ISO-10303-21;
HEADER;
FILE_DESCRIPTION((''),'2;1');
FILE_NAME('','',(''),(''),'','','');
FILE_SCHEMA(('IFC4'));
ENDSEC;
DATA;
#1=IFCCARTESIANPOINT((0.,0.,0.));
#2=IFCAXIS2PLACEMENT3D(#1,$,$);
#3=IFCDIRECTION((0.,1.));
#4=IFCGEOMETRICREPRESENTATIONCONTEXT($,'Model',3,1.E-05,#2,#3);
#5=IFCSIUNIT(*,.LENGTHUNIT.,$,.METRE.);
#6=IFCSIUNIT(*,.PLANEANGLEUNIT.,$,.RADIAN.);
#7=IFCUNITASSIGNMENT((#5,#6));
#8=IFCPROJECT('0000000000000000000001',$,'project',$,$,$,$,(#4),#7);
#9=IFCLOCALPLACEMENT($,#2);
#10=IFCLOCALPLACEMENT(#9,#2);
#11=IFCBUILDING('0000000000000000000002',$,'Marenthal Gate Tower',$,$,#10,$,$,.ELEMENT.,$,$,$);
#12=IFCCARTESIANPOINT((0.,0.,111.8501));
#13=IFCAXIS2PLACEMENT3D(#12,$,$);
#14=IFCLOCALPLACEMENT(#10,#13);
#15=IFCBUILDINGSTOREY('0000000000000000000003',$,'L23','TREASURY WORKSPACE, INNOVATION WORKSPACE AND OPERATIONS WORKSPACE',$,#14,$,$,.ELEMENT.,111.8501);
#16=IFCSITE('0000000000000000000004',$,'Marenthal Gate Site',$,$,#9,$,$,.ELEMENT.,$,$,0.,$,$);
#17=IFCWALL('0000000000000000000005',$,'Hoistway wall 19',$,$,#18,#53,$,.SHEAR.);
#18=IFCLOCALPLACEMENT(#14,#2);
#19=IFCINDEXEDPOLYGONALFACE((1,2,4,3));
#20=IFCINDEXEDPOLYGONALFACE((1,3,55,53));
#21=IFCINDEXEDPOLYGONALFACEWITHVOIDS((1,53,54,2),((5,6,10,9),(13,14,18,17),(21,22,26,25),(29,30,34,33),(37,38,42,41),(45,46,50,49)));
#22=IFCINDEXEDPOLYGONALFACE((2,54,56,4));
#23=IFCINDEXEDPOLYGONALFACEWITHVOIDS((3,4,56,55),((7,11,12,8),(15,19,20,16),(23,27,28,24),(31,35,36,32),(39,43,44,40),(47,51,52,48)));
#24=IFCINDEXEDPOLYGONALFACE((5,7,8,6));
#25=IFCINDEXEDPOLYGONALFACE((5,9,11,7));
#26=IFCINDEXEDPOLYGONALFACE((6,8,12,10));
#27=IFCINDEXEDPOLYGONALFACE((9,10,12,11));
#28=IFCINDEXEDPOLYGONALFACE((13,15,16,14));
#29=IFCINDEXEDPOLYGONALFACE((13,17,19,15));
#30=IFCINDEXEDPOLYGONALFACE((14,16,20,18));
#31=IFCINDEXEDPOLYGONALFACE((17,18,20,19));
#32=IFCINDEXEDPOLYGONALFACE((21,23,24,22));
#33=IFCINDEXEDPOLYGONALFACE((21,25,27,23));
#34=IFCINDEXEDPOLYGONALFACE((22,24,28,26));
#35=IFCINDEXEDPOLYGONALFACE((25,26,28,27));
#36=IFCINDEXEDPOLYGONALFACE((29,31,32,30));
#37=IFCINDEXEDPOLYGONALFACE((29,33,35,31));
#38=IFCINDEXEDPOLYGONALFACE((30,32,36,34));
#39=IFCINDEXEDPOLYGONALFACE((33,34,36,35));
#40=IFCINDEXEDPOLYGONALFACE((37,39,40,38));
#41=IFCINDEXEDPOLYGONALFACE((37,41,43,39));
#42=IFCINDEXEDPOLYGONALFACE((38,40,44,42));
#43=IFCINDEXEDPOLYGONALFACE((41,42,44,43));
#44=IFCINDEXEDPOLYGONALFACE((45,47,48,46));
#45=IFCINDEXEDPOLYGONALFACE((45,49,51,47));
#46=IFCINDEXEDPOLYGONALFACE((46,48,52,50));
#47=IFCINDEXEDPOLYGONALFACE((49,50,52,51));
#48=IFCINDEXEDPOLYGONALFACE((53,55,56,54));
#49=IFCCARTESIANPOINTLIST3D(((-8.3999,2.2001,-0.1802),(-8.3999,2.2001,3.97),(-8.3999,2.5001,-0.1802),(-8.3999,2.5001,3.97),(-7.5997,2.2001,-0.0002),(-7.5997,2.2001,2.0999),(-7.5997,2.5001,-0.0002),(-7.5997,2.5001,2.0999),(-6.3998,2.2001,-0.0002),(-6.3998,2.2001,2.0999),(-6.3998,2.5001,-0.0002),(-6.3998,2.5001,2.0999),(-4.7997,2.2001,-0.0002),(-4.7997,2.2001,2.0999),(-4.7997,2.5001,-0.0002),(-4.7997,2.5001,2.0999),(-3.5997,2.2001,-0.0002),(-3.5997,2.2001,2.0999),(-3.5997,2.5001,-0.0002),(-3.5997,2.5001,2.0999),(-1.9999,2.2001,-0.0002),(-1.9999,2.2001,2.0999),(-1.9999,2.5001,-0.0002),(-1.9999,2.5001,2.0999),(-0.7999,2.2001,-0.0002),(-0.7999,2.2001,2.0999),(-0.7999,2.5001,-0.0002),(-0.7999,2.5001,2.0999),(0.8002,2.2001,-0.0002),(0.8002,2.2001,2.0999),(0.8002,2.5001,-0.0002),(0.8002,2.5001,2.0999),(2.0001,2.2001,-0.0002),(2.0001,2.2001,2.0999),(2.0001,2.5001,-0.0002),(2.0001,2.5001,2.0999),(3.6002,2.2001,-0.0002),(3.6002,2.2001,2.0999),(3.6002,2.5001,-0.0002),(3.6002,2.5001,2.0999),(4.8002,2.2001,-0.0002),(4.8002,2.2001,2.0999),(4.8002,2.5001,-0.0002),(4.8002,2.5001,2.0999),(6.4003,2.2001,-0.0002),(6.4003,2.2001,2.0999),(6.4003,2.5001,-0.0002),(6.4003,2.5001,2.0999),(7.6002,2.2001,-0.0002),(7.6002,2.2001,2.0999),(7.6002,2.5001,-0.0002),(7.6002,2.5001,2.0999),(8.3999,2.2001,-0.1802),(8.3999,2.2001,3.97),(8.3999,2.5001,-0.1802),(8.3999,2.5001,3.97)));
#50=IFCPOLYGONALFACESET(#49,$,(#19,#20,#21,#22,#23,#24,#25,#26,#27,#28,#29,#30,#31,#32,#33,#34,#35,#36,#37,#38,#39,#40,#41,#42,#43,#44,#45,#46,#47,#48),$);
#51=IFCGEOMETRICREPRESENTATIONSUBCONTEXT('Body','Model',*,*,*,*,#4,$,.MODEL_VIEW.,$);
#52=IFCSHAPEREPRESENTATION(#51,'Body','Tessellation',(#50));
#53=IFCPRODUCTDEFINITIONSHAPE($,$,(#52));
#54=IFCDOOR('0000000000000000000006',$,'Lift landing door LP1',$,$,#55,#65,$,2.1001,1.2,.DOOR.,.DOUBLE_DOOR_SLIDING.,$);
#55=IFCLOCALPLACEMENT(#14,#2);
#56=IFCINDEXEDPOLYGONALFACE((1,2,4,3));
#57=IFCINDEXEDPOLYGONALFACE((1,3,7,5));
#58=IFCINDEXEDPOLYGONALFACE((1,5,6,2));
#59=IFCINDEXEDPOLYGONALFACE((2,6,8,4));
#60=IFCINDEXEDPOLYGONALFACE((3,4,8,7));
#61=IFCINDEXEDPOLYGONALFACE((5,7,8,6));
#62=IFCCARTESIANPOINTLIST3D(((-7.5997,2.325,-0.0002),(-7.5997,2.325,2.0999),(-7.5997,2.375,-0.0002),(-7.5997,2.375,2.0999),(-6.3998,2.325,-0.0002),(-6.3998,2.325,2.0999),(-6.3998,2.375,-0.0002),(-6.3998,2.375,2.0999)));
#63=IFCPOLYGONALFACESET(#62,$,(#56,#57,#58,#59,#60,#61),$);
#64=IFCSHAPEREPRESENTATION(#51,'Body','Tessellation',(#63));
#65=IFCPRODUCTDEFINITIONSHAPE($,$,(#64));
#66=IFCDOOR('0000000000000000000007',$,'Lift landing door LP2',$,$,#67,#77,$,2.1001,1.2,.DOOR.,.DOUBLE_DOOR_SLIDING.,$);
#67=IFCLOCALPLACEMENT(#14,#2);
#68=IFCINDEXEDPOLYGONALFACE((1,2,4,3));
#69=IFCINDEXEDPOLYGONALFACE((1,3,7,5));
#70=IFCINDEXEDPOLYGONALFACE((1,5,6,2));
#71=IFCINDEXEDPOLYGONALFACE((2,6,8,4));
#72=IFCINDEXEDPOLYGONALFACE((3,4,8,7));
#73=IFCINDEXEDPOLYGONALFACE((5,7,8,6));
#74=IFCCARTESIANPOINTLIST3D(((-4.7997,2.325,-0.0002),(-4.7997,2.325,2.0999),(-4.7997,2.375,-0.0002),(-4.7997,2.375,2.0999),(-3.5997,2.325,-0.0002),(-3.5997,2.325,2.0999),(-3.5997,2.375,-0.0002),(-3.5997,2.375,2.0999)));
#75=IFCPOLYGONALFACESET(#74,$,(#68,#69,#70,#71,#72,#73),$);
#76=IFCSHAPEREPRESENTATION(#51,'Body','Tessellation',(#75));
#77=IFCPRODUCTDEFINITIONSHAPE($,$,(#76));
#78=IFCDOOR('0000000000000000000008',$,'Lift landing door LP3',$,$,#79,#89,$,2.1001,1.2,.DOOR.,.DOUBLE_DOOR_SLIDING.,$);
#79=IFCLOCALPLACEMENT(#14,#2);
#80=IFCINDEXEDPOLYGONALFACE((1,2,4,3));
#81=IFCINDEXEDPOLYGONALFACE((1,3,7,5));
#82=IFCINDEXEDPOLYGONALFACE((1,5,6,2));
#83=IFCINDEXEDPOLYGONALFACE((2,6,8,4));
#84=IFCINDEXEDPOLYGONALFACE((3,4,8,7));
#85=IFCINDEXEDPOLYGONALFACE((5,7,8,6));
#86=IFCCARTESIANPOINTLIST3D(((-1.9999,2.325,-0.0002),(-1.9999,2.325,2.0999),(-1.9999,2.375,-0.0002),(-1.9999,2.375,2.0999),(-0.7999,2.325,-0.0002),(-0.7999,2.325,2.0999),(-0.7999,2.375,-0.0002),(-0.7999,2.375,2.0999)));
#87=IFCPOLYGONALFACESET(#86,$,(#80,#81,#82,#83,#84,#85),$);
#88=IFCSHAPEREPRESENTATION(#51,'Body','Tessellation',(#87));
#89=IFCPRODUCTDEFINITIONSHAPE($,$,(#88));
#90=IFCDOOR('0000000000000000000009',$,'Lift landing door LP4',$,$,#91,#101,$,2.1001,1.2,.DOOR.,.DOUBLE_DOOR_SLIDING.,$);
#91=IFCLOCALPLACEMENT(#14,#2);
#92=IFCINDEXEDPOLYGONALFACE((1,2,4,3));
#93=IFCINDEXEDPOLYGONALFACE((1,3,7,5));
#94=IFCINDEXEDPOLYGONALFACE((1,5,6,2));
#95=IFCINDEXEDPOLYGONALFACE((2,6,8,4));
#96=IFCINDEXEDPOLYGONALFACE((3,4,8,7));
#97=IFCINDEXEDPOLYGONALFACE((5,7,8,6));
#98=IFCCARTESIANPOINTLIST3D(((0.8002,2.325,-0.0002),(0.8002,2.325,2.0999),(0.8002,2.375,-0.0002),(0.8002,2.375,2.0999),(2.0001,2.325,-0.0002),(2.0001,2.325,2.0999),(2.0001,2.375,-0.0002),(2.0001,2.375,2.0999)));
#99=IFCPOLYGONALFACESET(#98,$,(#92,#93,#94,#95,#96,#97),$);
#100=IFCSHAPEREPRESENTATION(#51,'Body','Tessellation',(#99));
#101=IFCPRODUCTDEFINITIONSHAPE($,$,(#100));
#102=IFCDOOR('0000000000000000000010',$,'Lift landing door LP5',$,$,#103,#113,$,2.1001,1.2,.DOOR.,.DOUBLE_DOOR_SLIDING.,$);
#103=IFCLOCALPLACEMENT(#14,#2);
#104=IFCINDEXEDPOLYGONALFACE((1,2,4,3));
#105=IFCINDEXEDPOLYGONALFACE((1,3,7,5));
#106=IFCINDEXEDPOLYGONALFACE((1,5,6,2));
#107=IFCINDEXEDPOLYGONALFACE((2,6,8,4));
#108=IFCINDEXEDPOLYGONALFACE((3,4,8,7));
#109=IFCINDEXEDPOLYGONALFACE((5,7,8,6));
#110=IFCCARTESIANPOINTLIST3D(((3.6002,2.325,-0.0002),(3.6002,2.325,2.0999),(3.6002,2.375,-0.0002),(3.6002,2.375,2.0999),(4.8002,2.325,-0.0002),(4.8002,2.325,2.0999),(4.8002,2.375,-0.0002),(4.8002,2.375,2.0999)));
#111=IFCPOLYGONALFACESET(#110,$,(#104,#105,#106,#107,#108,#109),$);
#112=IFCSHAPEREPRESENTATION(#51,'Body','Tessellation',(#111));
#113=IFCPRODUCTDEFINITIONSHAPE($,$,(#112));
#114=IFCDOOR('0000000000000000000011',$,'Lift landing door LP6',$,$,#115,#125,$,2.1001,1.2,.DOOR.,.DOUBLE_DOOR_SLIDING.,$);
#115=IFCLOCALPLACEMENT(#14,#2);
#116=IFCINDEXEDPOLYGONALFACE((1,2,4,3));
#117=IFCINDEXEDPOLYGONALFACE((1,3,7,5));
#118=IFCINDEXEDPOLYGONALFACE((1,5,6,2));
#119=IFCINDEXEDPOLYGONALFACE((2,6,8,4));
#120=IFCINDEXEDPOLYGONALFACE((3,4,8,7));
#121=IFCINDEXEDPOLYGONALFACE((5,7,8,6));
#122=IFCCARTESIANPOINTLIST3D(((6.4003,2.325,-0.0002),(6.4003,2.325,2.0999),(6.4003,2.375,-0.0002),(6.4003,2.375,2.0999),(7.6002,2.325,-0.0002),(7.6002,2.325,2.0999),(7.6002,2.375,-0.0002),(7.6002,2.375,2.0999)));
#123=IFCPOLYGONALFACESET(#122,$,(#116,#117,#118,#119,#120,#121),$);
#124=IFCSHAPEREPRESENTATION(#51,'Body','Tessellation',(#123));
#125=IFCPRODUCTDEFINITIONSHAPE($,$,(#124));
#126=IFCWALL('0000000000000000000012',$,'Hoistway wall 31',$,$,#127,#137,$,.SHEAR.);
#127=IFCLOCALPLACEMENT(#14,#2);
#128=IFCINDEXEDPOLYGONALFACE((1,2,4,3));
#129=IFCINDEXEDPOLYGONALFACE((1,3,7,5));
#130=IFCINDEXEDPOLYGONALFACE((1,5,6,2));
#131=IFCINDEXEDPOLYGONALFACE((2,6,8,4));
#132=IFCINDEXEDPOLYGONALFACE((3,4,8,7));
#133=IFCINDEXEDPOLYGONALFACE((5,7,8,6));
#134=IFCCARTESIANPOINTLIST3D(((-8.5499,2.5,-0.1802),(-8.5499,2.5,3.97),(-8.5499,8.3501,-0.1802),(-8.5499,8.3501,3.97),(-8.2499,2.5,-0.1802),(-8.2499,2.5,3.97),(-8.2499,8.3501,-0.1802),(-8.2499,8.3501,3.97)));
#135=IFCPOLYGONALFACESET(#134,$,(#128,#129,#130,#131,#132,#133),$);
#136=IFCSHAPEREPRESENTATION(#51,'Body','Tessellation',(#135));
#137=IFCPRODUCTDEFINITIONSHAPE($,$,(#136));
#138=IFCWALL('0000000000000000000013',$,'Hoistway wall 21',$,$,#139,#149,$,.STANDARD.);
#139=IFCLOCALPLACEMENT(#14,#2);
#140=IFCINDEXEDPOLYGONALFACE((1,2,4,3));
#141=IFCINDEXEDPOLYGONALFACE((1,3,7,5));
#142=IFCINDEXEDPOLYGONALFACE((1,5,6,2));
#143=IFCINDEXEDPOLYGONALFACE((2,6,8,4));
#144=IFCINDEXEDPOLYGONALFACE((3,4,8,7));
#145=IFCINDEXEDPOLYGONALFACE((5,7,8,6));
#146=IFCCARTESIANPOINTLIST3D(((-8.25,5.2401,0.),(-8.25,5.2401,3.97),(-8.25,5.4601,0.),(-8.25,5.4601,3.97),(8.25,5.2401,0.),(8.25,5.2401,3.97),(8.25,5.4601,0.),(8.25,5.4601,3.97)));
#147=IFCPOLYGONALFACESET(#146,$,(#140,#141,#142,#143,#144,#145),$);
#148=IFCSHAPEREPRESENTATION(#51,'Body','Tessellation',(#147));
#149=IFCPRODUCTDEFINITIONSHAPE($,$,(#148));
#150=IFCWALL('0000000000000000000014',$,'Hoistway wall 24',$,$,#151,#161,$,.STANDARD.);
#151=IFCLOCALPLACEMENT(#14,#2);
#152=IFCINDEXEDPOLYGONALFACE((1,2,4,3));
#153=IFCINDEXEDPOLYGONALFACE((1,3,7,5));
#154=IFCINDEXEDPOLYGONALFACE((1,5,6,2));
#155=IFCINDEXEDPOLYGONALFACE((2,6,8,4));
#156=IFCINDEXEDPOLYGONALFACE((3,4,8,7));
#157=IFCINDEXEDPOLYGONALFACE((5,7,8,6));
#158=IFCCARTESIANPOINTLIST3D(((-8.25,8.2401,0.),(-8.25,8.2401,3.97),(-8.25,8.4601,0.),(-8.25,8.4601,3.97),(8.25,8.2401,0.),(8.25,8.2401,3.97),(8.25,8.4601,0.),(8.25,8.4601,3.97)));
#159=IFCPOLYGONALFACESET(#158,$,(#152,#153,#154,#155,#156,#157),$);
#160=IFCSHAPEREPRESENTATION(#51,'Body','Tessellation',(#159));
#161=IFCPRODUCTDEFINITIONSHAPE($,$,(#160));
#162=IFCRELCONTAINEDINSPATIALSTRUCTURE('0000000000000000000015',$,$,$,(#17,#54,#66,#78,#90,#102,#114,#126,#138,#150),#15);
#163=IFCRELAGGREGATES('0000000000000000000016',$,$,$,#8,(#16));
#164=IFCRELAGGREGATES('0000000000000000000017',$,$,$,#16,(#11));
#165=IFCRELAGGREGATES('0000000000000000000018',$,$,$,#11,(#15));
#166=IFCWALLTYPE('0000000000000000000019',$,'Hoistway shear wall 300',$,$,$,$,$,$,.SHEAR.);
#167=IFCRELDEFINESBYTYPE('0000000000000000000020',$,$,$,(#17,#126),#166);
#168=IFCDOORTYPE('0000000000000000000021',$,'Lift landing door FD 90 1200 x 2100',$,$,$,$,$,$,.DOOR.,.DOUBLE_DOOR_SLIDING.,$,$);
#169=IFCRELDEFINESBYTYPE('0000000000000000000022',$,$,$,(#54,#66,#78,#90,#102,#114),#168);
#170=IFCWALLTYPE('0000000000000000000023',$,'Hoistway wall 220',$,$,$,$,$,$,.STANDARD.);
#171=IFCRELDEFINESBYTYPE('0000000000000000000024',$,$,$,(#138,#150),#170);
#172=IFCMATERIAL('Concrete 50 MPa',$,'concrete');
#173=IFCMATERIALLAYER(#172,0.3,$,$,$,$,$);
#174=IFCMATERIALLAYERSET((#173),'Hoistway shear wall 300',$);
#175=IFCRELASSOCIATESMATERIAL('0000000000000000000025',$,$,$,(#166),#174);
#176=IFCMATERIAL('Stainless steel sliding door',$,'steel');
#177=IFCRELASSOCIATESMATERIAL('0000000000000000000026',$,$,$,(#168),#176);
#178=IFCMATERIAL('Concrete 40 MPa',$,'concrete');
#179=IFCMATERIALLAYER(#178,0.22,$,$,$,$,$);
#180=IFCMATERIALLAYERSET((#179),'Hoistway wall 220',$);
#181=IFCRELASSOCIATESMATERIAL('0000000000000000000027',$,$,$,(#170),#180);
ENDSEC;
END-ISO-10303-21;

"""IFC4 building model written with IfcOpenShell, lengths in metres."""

from ifc_helpers import new_model, si_unit, direction, frame, frame_2d, origin, place, context, subcontext, project, spatial, rectangle, extrude, material, layer, layer_set, type_object, element, fill, save


model = new_model("IFC4")

# Units and contexts
model_context = context("Model", 3, precision=1e-05, world=origin(), true_north=direction((0.0, 1.0)))
body_context = subcontext(model_context, "Body", "Model", "MODEL_VIEW")
ifc_project = project(units=[si_unit("LENGTHUNIT", "METRE"), si_unit("PLANEANGLEUNIT", "RADIAN")], contexts=[model_context])

# Site, building, storey
site_placement = place(None, origin())
site = spatial("IfcSite", under=ifc_project, at=site_placement, Name="Marenthal Gate Site", CompositionType="ELEMENT", RefElevation=0.0)
building_placement = place(site_placement, origin())
building = spatial("IfcBuilding", under=site, at=building_placement, Name="Marenthal Gate Tower", CompositionType="ELEMENT")
storey_placement = place(building_placement, frame((0.0, 0.0, 111.8501)))
storey = spatial("IfcBuildingStorey", under=building, at=storey_placement, Name="L23", Description="TREASURY WORKSPACE, INNOVATION WORKSPACE AND OPERATIONS WORKSPACE", CompositionType="ELEMENT", Elevation=111.8501)

# Wall, openings, doors
ifc_material_1 = material(Name="Concrete 50 MPa", Category="concrete")
ifc_layer_1 = layer(ifc_material_1, 0.3)
ifc_layer_set_1 = layer_set([ifc_layer_1], Name="Hoistway shear wall 300")
wall_type_1 = type_object("IfcWallType", Name="Hoistway shear wall 300", PredefinedType="SHEAR", material=ifc_layer_set_1)
wall_1_placement = place(storey_placement, frame((-8.3999, 2.3501, -0.1802), z_axis=(0.0, 0.0, 1.0), x_axis=(1.0, 0.0, 0.0)))
wall_1 = element("IfcWall", 1, at=wall_1_placement, inside=storey, type_object=wall_type_1, Name="Hoistway wall 19", PredefinedType="SHEAR", context=body_context, shape_type="SweptSolid", body=[
    extrude(rectangle(XDim=16.7998, YDim=0.3, at=frame_2d((8.3999, 0.0))), origin(), (0.0, 0.0, 1.0), 4.1501),
])
opening_1_placement = place(wall_1_placement, frame((0.8, 0.0, 0.1799)))
opening_1 = element("IfcOpeningElement", 2, at=opening_1_placement, cuts=wall_1, PredefinedType="OPENING", context=body_context, shape_type="SweptSolid", body=[
    extrude(rectangle(XDim=1.2, YDim=2.1001, at=frame_2d((0.6001, 1.05))), frame((0.0, 0.1602, 0.0), z_axis=(0.0, -1.0, 0.0), x_axis=(1.0, 0.0, 0.0)), (0.0, 0.0, 1.0), 0.3201),
])
opening_2_placement = place(wall_1_placement, frame((3.6001, 0.0, 0.1799)))
opening_2 = element("IfcOpeningElement", 3, at=opening_2_placement, cuts=wall_1, PredefinedType="OPENING", context=body_context, shape_type="SweptSolid", body=[
    extrude(rectangle(XDim=1.2, YDim=2.1001, at=frame_2d((0.6001, 1.05))), frame((0.0, 0.1602, 0.0), z_axis=(0.0, -1.0, 0.0), x_axis=(1.0, 0.0, 0.0)), (0.0, 0.0, 1.0), 0.3201),
])
opening_3_placement = place(wall_1_placement, frame((6.3999, 0.0, 0.1799)))
opening_3 = element("IfcOpeningElement", 4, at=opening_3_placement, cuts=wall_1, PredefinedType="OPENING", context=body_context, shape_type="SweptSolid", body=[
    extrude(rectangle(XDim=1.2, YDim=2.1001, at=frame_2d((0.6001, 1.05))), frame((0.0, 0.1602, 0.0), z_axis=(0.0, -1.0, 0.0), x_axis=(1.0, 0.0, 0.0)), (0.0, 0.0, 1.0), 0.3201),
])
opening_4_placement = place(wall_1_placement, frame((9.2, 0.0, 0.1799)))
opening_4 = element("IfcOpeningElement", 5, at=opening_4_placement, cuts=wall_1, PredefinedType="OPENING", context=body_context, shape_type="SweptSolid", body=[
    extrude(rectangle(XDim=1.2, YDim=2.1001, at=frame_2d((0.6001, 1.05))), frame((0.0, 0.1602, 0.0), z_axis=(0.0, -1.0, 0.0), x_axis=(1.0, 0.0, 0.0)), (0.0, 0.0, 1.0), 0.3201),
])
opening_5_placement = place(wall_1_placement, frame((12.0, 0.0, 0.1799)))
opening_5 = element("IfcOpeningElement", 6, at=opening_5_placement, cuts=wall_1, PredefinedType="OPENING", context=body_context, shape_type="SweptSolid", body=[
    extrude(rectangle(XDim=1.2, YDim=2.1001, at=frame_2d((0.6001, 1.05))), frame((0.0, 0.1602, 0.0), z_axis=(0.0, -1.0, 0.0), x_axis=(1.0, 0.0, 0.0)), (0.0, 0.0, 1.0), 0.3201),
])
opening_6_placement = place(wall_1_placement, frame((14.8, 0.0, 0.1799)))
opening_6 = element("IfcOpeningElement", 7, at=opening_6_placement, cuts=wall_1, PredefinedType="OPENING", context=body_context, shape_type="SweptSolid", body=[
    extrude(rectangle(XDim=1.2, YDim=2.1001, at=frame_2d((0.6001, 1.05))), frame((0.0, 0.1602, 0.0), z_axis=(0.0, -1.0, 0.0), x_axis=(1.0, 0.0, 0.0)), (0.0, 0.0, 1.0), 0.3201),
])
ifc_material_2 = material(Name="Stainless steel sliding door", Category="steel")
door_type_1 = type_object("IfcDoorType", Name="Lift landing door FD 90 1200 x 2100", OperationType="DOUBLE_DOOR_SLIDING", PredefinedType="DOOR", material=ifc_material_2)
door_1_placement = place(opening_1_placement, origin())
door_1 = element("IfcDoor", 8, at=door_1_placement, inside=storey, type_object=door_type_1, Name="Lift landing door LP1", OperationType="DOUBLE_DOOR_SLIDING", OverallHeight=2.1001, OverallWidth=1.2, PredefinedType="DOOR", context=body_context, shape_type="SweptSolid", body=[
    extrude(rectangle(XDim=1.2, YDim=2.1001, at=frame_2d((0.6001, 1.05))), frame((0.0, 0.0249, 0.0), z_axis=(0.0, -1.0, 0.0), x_axis=(1.0, 0.0, 0.0)), (0.0, 0.0, 1.0), 0.05),
])
fill(opening_1, door_1)
door_2_placement = place(opening_2_placement, origin())
door_2 = element("IfcDoor", 9, at=door_2_placement, inside=storey, type_object=door_type_1, Name="Lift landing door LP2", OperationType="DOUBLE_DOOR_SLIDING", OverallHeight=2.1001, OverallWidth=1.2, PredefinedType="DOOR", context=body_context, shape_type="SweptSolid", body=[
    extrude(rectangle(XDim=1.2, YDim=2.1001, at=frame_2d((0.6001, 1.05))), frame((0.0, 0.0249, 0.0), z_axis=(0.0, -1.0, 0.0), x_axis=(1.0, 0.0, 0.0)), (0.0, 0.0, 1.0), 0.05),
])
fill(opening_2, door_2)
door_3_placement = place(opening_3_placement, origin())
door_3 = element("IfcDoor", 10, at=door_3_placement, inside=storey, type_object=door_type_1, Name="Lift landing door LP3", OperationType="DOUBLE_DOOR_SLIDING", OverallHeight=2.1001, OverallWidth=1.2, PredefinedType="DOOR", context=body_context, shape_type="SweptSolid", body=[
    extrude(rectangle(XDim=1.2, YDim=2.1001, at=frame_2d((0.6001, 1.05))), frame((0.0, 0.0249, 0.0), z_axis=(0.0, -1.0, 0.0), x_axis=(1.0, 0.0, 0.0)), (0.0, 0.0, 1.0), 0.05),
])
fill(opening_3, door_3)
door_4_placement = place(opening_4_placement, origin())
door_4 = element("IfcDoor", 11, at=door_4_placement, inside=storey, type_object=door_type_1, Name="Lift landing door LP4", OperationType="DOUBLE_DOOR_SLIDING", OverallHeight=2.1001, OverallWidth=1.2, PredefinedType="DOOR", context=body_context, shape_type="SweptSolid", body=[
    extrude(rectangle(XDim=1.2, YDim=2.1001, at=frame_2d((0.6001, 1.05))), frame((0.0, 0.0249, 0.0), z_axis=(0.0, -1.0, 0.0), x_axis=(1.0, 0.0, 0.0)), (0.0, 0.0, 1.0), 0.05),
])
fill(opening_4, door_4)
door_5_placement = place(opening_5_placement, origin())
door_5 = element("IfcDoor", 12, at=door_5_placement, inside=storey, type_object=door_type_1, Name="Lift landing door LP5", OperationType="DOUBLE_DOOR_SLIDING", OverallHeight=2.1001, OverallWidth=1.2, PredefinedType="DOOR", context=body_context, shape_type="SweptSolid", body=[
    extrude(rectangle(XDim=1.2, YDim=2.1001, at=frame_2d((0.6001, 1.05))), frame((0.0, 0.0249, 0.0), z_axis=(0.0, -1.0, 0.0), x_axis=(1.0, 0.0, 0.0)), (0.0, 0.0, 1.0), 0.05),
])
fill(opening_5, door_5)
door_6_placement = place(opening_6_placement, origin())
door_6 = element("IfcDoor", 13, at=door_6_placement, inside=storey, type_object=door_type_1, Name="Lift landing door LP6", OperationType="DOUBLE_DOOR_SLIDING", OverallHeight=2.1001, OverallWidth=1.2, PredefinedType="DOOR", context=body_context, shape_type="SweptSolid", body=[
    extrude(rectangle(XDim=1.2, YDim=2.1001, at=frame_2d((0.6001, 1.05))), frame((0.0, 0.0249, 0.0), z_axis=(0.0, -1.0, 0.0), x_axis=(1.0, 0.0, 0.0)), (0.0, 0.0, 1.0), 0.05),
])
fill(opening_6, door_6)

# Walls
wall_2_placement = place(storey_placement, frame((-8.3999, 2.5, -0.1802), z_axis=(0.0, 0.0, 1.0), x_axis=(0.0, 1.0, 0.0)))
element("IfcWall", 14, at=wall_2_placement, inside=storey, type_object=wall_type_1, Name="Hoistway wall 31", PredefinedType="SHEAR", context=body_context, shape_type="SweptSolid", body=[
    extrude(rectangle(XDim=5.8501, YDim=0.3, at=frame_2d((2.925, 0.0))), origin(), (0.0, 0.0, 1.0), 4.1501),
])
ifc_material_3 = material(Name="Concrete 40 MPa", Category="concrete")
ifc_layer_2 = layer(ifc_material_3, 0.22)
ifc_layer_set_2 = layer_set([ifc_layer_2], Name="Hoistway wall 220")
wall_type_2 = type_object("IfcWallType", Name="Hoistway wall 220", PredefinedType="STANDARD", material=ifc_layer_set_2)
for number, where, z_axis, x_axis, name in (
    (15, (-8.25, 5.3501, 0.0), (0.0, 0.0, 1.0), (1.0, 0.0, 0.0), "Hoistway wall 21"),
    (16, (-8.25, 8.3501, 0.0), (0.0, 0.0, 1.0), (1.0, 0.0, 0.0), "Hoistway wall 24"),
):
    element("IfcWall", number, at=place(storey_placement, frame(where, z_axis=z_axis, x_axis=x_axis)), inside=storey, type_object=wall_type_2, Name=name, PredefinedType="STANDARD", context=body_context, shape_type="SweptSolid", body=[
        extrude(rectangle(XDim=16.5, YDim=0.22, at=frame_2d((8.25, 0.0))), origin(), (0.0, 0.0, 1.0), 3.97),
    ])

save(model, "model.ifc")
